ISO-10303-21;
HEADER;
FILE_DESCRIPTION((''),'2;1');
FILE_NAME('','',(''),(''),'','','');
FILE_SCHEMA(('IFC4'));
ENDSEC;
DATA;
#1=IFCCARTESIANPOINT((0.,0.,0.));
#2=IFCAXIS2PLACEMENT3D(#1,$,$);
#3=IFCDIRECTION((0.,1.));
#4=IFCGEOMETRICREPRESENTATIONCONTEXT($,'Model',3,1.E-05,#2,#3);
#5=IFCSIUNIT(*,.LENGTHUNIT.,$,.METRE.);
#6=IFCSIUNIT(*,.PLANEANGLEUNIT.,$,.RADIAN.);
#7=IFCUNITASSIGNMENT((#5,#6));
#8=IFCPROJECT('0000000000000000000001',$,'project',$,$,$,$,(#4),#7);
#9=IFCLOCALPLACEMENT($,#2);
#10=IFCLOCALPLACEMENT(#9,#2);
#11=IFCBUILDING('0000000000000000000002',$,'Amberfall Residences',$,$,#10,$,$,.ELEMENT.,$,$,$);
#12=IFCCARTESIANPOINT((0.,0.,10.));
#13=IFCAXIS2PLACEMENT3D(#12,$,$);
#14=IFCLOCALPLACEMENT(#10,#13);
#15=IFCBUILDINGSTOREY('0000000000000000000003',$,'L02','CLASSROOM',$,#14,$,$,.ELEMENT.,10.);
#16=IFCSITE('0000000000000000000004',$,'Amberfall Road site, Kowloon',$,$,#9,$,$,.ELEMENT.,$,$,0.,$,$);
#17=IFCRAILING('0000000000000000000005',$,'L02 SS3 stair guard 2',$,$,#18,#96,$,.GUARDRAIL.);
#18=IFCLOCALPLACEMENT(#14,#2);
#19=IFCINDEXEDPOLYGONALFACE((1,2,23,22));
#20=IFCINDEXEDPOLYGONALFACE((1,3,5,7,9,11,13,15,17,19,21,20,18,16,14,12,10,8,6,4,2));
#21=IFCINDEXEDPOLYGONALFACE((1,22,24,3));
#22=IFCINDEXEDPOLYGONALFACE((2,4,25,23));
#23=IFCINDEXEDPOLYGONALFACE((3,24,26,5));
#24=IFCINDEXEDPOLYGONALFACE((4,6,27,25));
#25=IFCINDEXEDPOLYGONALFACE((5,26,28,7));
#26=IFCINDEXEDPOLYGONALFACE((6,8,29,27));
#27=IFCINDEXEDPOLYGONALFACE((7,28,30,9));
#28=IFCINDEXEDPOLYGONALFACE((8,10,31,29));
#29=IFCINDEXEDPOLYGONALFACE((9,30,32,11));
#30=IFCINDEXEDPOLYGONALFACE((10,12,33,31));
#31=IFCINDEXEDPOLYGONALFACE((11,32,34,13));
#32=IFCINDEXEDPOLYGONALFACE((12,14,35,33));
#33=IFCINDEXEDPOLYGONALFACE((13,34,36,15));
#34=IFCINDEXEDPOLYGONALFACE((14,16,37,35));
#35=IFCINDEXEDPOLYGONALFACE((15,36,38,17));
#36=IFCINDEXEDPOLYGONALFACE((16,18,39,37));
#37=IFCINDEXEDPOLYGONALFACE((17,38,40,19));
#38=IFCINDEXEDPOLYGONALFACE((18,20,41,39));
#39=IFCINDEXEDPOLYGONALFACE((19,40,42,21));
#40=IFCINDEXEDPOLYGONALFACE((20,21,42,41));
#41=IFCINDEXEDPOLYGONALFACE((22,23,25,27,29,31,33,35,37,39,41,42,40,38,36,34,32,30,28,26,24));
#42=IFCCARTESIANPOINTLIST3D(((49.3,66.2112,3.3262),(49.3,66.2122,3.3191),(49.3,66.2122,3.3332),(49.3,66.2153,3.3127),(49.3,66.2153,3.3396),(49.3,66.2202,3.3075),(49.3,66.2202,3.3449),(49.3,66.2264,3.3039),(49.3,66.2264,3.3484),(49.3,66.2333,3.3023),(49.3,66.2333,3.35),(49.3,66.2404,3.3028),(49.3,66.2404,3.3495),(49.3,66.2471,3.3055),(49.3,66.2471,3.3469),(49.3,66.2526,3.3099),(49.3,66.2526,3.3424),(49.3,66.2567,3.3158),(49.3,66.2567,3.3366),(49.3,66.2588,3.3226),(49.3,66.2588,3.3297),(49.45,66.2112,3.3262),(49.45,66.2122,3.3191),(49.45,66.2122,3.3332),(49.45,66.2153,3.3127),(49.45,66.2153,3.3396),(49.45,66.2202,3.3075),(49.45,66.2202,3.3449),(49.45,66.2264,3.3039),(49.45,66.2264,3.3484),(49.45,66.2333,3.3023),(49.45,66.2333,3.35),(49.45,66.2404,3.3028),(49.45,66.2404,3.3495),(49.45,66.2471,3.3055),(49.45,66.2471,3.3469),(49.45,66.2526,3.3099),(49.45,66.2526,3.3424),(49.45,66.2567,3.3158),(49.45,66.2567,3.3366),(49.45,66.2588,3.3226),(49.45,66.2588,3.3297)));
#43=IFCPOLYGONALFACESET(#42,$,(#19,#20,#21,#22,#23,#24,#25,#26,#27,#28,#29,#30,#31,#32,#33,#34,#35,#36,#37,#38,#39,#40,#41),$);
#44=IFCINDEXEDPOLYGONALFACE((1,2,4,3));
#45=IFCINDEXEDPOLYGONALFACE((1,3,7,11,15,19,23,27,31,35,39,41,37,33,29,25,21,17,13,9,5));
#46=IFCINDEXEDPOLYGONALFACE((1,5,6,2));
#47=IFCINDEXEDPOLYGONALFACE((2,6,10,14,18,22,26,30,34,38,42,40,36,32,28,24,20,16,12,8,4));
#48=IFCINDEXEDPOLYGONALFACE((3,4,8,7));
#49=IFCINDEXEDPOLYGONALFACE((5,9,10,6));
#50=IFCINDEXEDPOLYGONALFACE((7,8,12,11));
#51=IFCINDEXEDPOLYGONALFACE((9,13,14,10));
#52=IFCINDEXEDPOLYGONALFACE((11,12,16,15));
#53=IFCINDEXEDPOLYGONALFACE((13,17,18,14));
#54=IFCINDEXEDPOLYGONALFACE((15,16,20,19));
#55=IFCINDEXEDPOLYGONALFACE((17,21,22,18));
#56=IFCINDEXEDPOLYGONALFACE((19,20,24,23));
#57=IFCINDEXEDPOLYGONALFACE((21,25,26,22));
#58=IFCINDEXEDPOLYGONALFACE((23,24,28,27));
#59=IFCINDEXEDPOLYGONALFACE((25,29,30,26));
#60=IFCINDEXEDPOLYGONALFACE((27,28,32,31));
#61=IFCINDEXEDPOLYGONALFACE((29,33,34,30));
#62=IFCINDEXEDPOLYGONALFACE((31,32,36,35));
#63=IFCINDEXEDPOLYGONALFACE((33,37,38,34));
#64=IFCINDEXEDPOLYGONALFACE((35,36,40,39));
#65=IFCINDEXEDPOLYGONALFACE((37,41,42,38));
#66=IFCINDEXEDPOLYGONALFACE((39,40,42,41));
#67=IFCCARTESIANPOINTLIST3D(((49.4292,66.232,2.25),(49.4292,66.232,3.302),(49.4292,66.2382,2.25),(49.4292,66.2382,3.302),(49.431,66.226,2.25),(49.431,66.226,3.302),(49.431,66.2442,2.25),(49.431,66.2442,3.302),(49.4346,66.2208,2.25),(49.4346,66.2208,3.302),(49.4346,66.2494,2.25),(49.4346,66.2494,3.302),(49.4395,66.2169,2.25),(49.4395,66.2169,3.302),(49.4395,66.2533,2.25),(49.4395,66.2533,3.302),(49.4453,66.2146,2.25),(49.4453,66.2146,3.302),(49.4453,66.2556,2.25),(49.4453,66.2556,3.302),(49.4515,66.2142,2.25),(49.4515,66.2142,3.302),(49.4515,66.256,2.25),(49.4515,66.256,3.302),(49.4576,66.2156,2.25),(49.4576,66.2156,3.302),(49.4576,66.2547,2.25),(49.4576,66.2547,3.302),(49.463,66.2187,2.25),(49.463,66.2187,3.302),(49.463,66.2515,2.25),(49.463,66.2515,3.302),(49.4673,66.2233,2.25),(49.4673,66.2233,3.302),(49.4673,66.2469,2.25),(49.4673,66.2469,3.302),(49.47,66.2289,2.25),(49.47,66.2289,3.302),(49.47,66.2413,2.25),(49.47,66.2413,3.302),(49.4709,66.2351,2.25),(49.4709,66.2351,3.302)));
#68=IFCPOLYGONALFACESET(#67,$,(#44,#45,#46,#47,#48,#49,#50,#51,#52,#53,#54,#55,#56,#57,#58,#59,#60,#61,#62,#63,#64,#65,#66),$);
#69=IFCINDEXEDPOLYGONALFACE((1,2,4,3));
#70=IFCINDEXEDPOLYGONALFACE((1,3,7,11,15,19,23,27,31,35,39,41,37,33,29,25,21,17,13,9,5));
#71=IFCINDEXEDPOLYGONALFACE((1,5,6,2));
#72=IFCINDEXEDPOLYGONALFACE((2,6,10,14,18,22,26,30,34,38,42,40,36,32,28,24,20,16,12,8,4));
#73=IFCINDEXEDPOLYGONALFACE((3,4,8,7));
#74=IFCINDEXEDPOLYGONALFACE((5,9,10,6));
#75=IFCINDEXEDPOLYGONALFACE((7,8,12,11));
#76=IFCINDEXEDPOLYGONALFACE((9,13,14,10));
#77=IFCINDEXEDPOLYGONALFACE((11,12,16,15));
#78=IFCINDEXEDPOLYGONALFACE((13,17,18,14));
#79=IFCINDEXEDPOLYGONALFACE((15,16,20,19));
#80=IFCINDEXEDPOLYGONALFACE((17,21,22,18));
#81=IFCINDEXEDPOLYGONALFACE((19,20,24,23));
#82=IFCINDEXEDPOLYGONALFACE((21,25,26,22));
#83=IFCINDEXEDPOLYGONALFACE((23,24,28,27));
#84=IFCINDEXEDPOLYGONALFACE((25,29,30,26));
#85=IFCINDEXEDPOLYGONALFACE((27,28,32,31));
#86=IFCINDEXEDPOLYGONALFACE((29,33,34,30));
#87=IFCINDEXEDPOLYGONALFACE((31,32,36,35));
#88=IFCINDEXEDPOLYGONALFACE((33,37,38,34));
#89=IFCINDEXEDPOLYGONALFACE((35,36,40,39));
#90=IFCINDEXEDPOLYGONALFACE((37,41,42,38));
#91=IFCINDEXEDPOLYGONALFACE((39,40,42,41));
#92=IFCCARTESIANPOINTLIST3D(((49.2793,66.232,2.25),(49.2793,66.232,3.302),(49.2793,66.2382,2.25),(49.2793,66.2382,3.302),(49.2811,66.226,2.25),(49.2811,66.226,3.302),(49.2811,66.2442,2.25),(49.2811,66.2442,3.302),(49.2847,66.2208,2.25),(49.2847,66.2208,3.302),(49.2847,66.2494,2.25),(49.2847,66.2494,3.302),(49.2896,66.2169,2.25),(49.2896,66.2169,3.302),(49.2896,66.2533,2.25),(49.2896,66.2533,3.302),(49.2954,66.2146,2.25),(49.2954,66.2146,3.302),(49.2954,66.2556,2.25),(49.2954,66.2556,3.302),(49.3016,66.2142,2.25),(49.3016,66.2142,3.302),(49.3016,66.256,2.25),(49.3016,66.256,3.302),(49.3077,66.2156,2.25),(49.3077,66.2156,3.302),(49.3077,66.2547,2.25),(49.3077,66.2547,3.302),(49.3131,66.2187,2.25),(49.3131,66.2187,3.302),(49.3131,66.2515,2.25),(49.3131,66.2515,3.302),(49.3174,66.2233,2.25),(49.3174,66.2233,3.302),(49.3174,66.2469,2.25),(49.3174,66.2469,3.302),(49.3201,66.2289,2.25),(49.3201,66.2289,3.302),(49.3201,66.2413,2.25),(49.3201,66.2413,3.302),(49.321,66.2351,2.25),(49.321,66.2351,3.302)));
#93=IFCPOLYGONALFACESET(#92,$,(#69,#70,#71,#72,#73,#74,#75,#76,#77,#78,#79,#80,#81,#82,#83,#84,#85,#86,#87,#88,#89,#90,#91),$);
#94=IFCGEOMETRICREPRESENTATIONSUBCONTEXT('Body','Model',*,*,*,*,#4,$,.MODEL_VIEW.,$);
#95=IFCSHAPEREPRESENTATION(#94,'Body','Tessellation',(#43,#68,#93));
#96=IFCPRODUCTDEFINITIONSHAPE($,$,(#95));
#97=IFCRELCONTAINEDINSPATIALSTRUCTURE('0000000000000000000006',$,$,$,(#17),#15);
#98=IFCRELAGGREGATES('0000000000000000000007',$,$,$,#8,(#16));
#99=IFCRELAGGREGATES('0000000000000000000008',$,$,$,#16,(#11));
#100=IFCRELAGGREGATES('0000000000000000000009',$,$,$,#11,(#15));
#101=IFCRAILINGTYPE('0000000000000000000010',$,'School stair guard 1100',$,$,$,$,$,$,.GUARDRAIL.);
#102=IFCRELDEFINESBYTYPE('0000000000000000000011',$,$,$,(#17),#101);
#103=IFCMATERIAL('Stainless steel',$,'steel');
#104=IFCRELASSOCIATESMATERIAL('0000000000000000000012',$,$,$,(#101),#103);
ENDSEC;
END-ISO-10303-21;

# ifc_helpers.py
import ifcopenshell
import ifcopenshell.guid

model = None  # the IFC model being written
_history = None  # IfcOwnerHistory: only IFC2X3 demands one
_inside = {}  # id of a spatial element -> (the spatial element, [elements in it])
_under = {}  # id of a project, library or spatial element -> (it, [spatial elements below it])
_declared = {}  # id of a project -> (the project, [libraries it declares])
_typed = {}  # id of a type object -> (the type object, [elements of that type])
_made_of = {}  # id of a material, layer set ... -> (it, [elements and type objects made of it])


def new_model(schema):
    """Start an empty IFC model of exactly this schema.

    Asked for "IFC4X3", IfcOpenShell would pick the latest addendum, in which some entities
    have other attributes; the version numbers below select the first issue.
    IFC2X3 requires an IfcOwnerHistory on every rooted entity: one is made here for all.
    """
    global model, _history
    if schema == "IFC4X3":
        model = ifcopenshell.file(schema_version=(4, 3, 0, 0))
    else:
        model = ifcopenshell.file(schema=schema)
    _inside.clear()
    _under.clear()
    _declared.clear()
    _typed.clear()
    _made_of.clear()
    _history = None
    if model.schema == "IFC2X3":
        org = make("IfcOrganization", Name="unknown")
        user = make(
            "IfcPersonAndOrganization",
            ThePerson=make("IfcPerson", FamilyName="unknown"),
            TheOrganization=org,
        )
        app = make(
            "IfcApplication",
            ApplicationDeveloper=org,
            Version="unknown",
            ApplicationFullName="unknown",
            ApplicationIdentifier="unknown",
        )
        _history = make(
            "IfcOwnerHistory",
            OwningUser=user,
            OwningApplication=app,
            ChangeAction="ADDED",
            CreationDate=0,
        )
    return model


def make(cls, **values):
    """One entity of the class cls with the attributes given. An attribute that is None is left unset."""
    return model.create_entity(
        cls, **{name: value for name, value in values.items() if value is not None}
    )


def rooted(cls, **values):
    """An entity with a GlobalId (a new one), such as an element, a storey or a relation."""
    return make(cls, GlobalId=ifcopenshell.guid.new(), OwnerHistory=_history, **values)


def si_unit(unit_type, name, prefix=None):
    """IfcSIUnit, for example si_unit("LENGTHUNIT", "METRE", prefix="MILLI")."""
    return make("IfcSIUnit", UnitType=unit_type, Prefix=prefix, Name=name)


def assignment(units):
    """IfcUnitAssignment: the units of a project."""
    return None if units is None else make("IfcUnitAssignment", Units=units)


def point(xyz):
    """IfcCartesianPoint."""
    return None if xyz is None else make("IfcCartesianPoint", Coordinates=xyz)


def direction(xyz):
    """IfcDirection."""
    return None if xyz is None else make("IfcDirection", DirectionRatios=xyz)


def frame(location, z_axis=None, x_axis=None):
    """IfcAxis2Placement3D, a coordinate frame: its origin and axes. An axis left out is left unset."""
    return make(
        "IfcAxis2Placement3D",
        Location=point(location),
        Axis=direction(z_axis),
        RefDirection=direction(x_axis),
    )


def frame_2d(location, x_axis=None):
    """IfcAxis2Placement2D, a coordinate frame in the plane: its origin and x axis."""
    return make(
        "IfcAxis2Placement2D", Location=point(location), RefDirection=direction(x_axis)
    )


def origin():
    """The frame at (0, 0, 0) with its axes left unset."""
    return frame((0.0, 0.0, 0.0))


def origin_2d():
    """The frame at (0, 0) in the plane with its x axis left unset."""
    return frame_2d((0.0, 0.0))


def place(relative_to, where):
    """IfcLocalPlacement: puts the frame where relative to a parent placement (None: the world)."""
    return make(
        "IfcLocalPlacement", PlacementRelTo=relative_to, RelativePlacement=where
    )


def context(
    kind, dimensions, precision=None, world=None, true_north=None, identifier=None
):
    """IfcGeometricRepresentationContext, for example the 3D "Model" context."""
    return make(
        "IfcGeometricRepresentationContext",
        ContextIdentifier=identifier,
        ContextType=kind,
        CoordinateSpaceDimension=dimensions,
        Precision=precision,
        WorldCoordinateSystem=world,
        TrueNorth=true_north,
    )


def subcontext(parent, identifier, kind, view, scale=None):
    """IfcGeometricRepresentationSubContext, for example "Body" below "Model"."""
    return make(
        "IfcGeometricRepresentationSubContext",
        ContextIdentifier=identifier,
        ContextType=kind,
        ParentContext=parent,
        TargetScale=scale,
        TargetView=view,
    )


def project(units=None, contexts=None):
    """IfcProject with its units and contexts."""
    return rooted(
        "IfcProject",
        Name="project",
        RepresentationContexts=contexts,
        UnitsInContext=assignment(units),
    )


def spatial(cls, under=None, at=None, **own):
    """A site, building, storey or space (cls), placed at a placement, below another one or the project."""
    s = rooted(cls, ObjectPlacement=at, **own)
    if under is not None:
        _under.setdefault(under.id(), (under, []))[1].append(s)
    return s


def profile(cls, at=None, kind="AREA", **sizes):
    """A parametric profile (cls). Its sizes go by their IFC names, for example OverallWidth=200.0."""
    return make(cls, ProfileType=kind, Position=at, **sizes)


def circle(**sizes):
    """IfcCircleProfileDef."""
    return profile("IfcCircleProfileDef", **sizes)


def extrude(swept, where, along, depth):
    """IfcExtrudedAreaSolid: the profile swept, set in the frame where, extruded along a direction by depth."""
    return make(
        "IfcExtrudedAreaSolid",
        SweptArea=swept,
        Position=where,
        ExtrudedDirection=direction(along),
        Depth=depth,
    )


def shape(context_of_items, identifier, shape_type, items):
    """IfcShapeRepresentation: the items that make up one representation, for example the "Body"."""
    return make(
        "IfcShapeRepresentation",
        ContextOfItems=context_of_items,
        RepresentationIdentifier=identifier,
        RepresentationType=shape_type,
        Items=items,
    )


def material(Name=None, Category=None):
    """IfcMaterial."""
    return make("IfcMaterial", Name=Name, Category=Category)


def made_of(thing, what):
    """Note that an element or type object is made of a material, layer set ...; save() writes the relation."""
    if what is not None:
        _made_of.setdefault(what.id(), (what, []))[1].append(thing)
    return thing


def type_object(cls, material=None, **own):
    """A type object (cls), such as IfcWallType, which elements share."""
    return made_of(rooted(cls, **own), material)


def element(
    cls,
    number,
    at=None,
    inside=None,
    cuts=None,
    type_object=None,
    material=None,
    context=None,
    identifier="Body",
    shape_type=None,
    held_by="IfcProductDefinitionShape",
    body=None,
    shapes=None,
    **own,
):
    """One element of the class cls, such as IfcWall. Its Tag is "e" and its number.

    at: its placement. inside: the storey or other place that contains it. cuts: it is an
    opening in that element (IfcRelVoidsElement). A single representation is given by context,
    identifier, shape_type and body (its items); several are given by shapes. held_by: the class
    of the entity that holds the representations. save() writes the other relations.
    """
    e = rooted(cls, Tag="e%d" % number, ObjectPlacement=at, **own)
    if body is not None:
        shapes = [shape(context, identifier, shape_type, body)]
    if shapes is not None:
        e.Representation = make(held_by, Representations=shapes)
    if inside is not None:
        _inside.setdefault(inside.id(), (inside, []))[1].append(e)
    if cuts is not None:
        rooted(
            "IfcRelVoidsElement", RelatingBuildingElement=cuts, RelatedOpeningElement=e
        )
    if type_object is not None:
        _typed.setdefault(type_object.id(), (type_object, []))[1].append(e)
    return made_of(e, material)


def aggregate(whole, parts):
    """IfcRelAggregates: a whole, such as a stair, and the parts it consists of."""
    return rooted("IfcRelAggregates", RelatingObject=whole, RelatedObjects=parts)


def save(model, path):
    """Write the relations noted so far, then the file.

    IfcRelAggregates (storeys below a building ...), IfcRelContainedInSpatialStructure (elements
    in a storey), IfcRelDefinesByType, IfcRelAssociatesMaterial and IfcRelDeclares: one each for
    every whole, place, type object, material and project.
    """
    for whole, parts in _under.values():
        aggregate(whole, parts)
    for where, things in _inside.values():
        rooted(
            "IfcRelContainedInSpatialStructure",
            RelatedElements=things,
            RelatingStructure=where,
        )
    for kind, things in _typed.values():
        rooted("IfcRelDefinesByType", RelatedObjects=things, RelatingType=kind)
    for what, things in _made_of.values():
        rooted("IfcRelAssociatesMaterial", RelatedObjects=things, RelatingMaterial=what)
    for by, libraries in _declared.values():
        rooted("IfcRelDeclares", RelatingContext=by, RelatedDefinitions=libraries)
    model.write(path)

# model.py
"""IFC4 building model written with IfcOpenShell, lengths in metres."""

from ifc_helpers import new_model, si_unit, direction, frame, origin, origin_2d, place, context, subcontext, project, spatial, circle, extrude, material, type_object, element, save


model = new_model("IFC4")

# Units and contexts
model_context = context("Model", 3, precision=1e-05, world=origin(), true_north=direction((0.0, 1.0)))
body_context = subcontext(model_context, "Body", "Model", "MODEL_VIEW")
ifc_project = project(units=[si_unit("LENGTHUNIT", "METRE"), si_unit("PLANEANGLEUNIT", "RADIAN")], contexts=[model_context])

# Site, building, storey
site_placement = place(None, origin())
site = spatial("IfcSite", under=ifc_project, at=site_placement, Name="Amberfall Road site, Kowloon", CompositionType="ELEMENT", RefElevation=0.0)
building_placement = place(site_placement, origin())
building = spatial("IfcBuilding", under=site, at=building_placement, Name="Amberfall Residences", CompositionType="ELEMENT")
storey_placement = place(building_placement, frame((0.0, 0.0, 10.0)))
storey = spatial("IfcBuildingStorey", under=building, at=storey_placement, Name="L02", Description="CLASSROOM", CompositionType="ELEMENT", Elevation=10.0)

# Railing
ifc_material_1 = material(Name="Stainless steel", Category="steel")
railing_type_1 = type_object("IfcRailingType", Name="School stair guard 1100", PredefinedType="GUARDRAIL", material=ifc_material_1)
railing_1_placement = place(storey_placement, frame((49.45, 66.2351, 2.25)))
element("IfcRailing", 1, at=railing_1_placement, inside=storey, type_object=railing_type_1, Name="L02 SS3 stair guard 2", PredefinedType="GUARDRAIL", context=body_context, shape_type="SweptSolid", body=[
    extrude(circle(Radius=0.0239, at=origin_2d()), frame((0.0, 0.0, 1.0762), z_axis=(-1.0, 0.0, 0.0), x_axis=(0.0, -1.0, 0.0)), (0.0, 0.0, 1.0), 0.1499),
    extrude(circle(Radius=0.021, at=origin_2d()), origin(), (0.0, 0.0, 1.0), 1.052),
    extrude(circle(Radius=0.021, at=origin_2d()), frame((-0.1499, 0.0, 0.0)), (0.0, 0.0, 1.0), 1.052),
])

save(model, "model.ifc")
